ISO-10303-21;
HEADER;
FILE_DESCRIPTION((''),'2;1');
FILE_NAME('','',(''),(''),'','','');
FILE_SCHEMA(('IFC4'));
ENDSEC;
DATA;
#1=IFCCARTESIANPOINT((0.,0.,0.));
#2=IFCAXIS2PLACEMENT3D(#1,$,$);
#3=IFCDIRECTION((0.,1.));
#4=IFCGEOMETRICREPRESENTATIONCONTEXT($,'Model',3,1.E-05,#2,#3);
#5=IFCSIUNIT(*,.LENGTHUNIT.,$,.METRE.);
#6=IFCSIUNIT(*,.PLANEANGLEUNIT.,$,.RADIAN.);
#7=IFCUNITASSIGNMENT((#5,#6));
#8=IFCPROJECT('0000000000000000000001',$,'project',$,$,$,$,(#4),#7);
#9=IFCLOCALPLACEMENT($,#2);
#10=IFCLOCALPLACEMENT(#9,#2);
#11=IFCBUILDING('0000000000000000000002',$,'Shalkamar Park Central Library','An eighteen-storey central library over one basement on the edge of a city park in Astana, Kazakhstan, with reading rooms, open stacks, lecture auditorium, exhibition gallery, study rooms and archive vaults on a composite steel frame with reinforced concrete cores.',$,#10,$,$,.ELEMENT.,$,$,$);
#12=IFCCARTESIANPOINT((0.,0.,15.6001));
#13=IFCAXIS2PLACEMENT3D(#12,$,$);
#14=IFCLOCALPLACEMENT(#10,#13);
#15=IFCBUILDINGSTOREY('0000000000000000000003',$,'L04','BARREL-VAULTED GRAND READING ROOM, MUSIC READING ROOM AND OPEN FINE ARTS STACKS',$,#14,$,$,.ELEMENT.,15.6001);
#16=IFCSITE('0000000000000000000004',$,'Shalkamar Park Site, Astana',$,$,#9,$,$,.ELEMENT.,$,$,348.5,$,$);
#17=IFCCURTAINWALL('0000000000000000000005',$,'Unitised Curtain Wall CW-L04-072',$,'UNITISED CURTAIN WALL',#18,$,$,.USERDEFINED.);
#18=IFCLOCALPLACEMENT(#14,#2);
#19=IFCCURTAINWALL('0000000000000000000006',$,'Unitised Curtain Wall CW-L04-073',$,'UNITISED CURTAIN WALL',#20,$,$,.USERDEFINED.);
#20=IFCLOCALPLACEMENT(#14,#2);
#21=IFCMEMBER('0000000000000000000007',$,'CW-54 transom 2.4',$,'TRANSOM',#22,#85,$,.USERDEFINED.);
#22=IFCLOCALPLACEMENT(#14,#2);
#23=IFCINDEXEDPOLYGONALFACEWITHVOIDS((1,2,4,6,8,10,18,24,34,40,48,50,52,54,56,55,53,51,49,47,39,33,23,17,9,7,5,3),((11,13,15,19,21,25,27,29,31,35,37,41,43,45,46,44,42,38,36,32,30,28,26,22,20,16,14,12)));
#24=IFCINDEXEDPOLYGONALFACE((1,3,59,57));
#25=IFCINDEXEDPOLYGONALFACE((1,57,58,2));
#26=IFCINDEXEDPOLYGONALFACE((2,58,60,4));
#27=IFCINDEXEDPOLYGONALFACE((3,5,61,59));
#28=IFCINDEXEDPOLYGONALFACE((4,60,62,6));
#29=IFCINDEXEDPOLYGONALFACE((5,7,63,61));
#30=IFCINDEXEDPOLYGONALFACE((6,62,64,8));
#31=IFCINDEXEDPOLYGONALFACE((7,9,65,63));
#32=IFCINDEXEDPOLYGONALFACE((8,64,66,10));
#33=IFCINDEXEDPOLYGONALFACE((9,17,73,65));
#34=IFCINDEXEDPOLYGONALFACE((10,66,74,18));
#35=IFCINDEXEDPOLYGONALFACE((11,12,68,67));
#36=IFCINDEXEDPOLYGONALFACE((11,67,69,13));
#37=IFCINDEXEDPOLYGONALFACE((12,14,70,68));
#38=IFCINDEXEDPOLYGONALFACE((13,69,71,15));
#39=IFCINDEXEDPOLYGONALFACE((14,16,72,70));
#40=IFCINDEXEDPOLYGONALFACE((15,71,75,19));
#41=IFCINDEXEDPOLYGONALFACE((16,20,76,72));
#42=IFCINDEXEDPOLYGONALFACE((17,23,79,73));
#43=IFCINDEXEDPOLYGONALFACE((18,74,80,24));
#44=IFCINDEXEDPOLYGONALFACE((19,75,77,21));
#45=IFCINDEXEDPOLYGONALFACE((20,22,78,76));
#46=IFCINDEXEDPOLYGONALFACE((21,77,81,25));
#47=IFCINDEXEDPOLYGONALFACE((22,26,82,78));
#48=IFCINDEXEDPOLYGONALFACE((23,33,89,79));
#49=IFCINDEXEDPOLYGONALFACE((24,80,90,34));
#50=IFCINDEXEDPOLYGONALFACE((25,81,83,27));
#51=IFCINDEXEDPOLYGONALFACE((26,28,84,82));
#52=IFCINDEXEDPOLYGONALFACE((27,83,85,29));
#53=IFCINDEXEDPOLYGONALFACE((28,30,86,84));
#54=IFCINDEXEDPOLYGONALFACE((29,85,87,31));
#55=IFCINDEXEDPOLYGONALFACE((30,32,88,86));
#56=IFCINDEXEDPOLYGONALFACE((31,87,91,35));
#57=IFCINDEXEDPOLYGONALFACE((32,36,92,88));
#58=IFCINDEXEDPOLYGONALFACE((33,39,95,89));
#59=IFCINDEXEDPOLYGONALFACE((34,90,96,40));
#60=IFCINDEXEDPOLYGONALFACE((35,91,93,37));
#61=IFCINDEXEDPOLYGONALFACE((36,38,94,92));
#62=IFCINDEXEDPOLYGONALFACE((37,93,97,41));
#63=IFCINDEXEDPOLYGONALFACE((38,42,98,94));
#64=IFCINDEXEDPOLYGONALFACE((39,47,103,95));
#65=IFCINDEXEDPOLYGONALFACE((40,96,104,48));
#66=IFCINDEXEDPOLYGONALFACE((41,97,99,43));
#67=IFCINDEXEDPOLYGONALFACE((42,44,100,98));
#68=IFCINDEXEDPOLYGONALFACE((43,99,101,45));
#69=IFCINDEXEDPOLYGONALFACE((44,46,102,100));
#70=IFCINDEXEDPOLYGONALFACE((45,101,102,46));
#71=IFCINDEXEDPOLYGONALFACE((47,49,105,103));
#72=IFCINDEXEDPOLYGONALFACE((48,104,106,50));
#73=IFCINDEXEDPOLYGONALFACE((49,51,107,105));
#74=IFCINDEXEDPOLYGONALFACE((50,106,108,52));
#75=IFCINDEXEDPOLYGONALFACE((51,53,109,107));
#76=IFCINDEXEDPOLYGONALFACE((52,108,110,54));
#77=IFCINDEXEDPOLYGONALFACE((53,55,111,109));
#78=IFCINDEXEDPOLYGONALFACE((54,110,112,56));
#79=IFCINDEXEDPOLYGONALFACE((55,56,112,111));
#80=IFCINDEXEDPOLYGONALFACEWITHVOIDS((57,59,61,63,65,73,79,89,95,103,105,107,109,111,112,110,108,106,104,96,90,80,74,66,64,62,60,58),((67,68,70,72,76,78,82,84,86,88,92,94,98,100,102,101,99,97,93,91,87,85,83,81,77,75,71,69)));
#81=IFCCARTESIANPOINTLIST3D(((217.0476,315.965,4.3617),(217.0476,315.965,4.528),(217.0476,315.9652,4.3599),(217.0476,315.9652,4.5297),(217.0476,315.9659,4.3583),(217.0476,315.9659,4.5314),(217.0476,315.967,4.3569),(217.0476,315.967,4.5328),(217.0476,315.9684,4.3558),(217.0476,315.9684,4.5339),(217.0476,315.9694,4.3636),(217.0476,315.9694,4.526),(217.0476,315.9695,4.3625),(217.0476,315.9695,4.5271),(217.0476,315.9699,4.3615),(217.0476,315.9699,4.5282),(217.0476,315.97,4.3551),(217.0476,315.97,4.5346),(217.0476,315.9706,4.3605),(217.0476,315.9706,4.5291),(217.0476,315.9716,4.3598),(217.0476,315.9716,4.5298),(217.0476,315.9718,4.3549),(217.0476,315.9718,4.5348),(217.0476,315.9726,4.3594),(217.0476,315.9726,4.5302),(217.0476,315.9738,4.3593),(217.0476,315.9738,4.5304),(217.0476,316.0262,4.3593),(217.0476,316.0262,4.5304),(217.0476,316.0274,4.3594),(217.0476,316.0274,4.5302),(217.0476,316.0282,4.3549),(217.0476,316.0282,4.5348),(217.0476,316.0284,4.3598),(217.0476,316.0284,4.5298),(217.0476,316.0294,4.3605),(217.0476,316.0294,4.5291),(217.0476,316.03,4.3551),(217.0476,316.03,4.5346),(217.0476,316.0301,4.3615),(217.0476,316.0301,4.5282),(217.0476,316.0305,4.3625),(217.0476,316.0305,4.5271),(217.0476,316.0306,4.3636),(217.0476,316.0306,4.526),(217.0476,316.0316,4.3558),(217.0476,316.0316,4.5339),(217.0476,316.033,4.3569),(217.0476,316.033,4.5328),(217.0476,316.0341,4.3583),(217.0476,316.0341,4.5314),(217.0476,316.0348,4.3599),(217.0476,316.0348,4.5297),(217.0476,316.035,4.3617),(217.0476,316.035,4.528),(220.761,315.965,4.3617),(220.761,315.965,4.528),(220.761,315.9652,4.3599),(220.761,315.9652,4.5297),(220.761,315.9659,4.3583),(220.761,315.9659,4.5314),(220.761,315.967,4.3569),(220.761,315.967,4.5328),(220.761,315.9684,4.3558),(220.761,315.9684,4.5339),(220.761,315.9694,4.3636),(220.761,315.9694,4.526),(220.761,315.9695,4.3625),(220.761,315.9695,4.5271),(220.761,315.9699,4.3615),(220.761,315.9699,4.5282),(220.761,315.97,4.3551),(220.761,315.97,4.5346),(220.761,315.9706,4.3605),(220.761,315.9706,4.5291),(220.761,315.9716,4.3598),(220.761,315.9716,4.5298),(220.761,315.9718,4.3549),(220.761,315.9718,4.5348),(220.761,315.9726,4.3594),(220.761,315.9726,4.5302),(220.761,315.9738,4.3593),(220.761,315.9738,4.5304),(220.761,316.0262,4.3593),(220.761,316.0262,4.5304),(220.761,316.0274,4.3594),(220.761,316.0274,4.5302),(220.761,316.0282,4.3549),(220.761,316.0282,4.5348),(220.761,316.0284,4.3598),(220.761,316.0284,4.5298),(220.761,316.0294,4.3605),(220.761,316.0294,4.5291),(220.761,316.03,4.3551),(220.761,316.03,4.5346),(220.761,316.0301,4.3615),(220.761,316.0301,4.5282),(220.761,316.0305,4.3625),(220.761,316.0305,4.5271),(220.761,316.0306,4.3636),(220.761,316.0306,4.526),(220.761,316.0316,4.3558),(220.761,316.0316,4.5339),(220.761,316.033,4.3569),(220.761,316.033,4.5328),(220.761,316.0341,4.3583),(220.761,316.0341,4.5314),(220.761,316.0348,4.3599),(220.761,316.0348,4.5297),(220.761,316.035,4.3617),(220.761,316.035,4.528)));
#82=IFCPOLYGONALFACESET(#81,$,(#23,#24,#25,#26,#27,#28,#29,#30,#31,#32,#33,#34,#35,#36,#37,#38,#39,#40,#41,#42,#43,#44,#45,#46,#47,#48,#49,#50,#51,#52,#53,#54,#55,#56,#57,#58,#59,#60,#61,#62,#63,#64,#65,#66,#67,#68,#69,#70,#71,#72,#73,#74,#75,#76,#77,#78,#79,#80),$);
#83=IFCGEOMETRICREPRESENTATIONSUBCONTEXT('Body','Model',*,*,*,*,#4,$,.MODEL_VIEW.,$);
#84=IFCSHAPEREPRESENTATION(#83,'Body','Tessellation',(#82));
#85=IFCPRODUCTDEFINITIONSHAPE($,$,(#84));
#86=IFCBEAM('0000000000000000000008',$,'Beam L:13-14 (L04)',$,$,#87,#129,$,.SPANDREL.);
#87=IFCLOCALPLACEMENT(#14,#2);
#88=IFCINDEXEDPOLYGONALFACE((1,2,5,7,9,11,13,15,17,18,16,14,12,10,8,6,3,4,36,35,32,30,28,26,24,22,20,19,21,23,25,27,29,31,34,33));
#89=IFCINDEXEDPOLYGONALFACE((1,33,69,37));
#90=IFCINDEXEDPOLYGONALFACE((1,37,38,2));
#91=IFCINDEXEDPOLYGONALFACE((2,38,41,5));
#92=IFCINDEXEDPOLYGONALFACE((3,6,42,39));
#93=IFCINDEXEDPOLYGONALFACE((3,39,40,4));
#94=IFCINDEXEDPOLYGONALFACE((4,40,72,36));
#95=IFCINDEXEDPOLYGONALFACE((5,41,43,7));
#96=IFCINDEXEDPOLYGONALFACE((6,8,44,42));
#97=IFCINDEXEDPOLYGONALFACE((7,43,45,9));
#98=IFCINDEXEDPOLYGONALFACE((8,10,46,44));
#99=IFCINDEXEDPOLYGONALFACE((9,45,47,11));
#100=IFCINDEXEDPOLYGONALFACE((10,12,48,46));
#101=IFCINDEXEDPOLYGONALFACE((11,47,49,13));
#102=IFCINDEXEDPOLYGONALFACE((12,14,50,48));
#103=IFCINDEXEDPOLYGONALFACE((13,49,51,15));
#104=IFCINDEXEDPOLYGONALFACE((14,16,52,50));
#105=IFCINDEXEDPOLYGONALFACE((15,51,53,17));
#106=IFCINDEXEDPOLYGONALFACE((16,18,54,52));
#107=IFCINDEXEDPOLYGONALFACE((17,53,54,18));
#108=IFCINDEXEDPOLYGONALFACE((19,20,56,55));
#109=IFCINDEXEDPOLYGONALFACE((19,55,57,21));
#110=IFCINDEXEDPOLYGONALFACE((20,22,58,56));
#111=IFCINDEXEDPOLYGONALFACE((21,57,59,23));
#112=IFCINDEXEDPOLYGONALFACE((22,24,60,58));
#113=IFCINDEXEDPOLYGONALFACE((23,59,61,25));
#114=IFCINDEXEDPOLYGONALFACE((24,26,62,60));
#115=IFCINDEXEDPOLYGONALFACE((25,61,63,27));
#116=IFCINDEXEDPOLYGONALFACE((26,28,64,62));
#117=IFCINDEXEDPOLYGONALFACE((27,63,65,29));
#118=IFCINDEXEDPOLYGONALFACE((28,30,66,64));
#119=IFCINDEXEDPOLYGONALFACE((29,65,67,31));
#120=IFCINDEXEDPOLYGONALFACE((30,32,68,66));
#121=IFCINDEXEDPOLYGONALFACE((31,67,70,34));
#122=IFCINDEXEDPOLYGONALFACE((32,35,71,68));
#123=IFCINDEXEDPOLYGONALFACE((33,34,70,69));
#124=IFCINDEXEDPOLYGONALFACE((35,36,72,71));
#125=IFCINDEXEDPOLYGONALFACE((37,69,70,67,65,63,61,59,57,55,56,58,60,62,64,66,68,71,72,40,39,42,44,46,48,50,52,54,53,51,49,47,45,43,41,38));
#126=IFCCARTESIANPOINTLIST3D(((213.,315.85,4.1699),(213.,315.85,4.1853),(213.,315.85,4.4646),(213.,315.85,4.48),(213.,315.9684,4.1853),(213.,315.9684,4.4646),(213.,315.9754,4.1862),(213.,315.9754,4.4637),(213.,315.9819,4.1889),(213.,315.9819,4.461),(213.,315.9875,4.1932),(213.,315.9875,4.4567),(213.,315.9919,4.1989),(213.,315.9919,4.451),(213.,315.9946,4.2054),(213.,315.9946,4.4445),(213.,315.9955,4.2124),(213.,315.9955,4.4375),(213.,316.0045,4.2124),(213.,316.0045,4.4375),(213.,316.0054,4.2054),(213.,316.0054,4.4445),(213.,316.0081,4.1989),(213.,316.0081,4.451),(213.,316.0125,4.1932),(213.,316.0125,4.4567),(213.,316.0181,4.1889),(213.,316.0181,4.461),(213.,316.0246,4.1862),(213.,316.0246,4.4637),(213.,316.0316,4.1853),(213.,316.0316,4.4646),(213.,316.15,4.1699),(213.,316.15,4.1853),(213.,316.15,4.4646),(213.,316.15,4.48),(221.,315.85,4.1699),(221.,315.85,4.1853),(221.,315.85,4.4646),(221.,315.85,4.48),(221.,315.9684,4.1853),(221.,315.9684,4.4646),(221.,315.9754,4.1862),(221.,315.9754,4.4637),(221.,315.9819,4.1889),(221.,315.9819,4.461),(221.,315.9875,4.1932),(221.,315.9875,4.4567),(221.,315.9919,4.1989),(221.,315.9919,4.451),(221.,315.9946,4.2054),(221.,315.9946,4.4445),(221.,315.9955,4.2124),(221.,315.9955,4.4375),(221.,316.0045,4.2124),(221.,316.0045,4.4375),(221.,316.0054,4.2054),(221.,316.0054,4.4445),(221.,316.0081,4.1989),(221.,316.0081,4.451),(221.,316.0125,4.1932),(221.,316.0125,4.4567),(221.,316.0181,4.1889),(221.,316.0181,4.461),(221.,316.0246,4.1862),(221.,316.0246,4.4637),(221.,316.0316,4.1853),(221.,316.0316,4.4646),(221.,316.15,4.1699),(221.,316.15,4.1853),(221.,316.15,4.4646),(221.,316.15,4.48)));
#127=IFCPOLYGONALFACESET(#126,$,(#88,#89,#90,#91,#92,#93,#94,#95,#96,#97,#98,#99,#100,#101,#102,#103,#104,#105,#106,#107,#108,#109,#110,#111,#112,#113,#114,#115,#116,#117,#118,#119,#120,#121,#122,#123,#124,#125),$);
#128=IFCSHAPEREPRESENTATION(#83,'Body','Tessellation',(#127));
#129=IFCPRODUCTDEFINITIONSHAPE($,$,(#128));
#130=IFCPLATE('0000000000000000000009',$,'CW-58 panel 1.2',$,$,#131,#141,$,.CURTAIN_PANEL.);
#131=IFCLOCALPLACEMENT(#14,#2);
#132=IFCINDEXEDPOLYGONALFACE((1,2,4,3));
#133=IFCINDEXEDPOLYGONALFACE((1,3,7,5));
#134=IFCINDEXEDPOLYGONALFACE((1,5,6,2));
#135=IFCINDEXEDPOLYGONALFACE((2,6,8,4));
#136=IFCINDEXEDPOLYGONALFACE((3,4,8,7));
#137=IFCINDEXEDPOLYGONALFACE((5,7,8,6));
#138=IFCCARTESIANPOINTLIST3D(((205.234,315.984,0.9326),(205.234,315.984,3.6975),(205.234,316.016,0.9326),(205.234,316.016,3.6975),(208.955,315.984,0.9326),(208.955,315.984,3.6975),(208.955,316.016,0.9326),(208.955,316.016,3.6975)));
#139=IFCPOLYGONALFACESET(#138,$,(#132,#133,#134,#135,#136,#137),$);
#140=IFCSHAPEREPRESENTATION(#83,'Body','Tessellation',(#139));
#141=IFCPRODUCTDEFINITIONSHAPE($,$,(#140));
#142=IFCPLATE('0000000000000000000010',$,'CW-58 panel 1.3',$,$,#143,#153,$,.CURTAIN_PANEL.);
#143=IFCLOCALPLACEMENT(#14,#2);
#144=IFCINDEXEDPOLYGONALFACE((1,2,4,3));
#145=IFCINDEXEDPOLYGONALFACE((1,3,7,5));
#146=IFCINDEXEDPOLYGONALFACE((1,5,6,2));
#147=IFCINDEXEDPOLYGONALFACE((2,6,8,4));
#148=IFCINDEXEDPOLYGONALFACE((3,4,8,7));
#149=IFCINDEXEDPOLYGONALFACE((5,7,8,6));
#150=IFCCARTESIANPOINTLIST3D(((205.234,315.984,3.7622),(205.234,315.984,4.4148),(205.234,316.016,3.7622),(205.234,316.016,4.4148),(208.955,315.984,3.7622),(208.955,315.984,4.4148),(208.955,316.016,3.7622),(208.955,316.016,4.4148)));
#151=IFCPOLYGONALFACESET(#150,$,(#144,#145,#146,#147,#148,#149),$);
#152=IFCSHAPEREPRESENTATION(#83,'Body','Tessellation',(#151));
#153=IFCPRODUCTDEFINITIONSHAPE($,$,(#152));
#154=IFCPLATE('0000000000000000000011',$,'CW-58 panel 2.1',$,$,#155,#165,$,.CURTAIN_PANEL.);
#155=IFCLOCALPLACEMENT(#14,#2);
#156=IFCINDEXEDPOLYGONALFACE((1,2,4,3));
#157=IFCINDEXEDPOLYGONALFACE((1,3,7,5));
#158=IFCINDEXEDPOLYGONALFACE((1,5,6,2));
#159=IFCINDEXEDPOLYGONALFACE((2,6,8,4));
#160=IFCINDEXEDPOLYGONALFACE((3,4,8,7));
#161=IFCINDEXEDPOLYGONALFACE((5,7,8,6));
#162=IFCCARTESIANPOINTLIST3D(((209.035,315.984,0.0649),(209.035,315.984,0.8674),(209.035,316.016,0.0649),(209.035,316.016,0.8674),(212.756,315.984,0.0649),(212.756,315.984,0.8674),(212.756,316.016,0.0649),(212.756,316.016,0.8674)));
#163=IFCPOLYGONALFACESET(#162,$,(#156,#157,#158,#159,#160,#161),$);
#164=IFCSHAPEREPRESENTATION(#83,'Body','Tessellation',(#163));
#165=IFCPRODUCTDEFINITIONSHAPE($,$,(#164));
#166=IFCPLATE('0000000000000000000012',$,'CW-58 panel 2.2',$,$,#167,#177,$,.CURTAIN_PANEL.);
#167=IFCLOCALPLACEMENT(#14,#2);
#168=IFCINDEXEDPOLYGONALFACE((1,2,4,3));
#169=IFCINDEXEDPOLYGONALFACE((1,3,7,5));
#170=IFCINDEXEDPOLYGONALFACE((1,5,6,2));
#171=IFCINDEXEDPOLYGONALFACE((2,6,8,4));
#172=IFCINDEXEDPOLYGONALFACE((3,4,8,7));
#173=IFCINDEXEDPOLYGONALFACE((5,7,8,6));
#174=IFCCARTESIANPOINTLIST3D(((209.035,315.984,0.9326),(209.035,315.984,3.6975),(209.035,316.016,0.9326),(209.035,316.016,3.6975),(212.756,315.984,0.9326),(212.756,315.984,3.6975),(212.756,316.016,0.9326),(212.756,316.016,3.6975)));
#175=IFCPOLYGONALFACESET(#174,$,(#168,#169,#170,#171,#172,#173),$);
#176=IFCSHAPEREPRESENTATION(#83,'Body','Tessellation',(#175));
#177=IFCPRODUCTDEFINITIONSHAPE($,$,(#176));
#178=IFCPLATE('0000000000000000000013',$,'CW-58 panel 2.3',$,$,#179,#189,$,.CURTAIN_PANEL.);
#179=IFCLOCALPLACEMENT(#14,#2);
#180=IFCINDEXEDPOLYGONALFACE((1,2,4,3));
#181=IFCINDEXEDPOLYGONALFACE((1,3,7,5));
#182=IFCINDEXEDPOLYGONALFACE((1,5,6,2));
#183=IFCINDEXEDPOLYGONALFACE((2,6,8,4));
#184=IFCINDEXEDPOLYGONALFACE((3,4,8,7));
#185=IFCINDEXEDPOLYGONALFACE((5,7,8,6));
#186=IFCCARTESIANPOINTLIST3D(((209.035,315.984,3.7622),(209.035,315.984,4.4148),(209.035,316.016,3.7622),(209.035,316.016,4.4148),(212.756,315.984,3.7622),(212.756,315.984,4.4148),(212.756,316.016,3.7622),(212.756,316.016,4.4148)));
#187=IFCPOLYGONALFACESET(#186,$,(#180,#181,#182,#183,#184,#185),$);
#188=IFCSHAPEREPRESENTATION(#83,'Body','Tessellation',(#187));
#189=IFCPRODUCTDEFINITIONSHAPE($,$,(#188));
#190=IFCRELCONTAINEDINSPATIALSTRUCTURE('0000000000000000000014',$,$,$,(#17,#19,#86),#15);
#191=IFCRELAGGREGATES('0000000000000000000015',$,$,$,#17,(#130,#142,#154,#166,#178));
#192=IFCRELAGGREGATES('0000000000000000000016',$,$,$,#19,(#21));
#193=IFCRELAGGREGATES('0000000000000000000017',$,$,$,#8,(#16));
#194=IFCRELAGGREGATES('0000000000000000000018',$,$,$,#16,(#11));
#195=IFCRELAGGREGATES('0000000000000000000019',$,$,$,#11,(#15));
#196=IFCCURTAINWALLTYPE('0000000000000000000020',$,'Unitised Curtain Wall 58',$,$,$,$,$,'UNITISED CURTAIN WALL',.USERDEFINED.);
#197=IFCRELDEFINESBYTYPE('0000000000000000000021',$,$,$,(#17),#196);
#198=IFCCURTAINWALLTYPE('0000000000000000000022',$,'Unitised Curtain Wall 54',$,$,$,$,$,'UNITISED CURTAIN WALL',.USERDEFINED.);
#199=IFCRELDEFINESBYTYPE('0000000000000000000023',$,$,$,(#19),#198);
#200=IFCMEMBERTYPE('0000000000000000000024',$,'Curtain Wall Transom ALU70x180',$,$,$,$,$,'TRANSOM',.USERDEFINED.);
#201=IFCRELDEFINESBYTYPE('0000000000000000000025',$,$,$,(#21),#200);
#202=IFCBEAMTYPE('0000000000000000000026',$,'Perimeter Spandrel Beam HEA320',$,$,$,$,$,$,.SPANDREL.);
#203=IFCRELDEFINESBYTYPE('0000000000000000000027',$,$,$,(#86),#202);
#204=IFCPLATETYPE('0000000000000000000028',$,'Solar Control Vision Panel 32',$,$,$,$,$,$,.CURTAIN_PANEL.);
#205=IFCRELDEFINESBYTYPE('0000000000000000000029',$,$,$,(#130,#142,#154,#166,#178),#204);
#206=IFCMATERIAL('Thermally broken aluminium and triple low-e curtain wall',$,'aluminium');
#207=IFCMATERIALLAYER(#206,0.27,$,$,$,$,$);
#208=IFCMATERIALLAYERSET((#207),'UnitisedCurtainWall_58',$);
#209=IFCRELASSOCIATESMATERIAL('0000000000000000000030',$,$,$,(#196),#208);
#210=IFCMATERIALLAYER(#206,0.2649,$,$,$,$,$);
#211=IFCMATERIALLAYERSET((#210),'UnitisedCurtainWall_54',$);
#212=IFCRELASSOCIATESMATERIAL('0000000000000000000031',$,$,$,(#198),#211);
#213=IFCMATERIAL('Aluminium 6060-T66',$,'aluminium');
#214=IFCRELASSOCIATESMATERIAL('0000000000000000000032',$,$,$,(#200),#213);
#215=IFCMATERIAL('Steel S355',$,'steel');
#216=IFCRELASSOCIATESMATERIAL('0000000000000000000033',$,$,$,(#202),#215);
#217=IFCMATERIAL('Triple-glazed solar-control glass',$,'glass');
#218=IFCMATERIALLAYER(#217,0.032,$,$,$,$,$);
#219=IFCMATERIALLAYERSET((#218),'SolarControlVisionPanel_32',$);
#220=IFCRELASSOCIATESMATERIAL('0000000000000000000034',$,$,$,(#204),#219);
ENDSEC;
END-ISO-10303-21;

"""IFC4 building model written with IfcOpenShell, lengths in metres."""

from ifc_helpers import new_model, si_unit, direction, frame, origin, origin_2d, place, context, subcontext, project, spatial, rectangle, hollow_rectangle, i_section, extrude, material, layer, layer_set, material_profile, profile_set, type_object, element, aggregate, save


model = new_model("IFC4")

# Units and contexts
model_context = context("Model", 3, precision=1e-05, world=origin(), true_north=direction((0.0, 1.0)))
body_context = subcontext(model_context, "Body", "Model", "MODEL_VIEW")
ifc_project = project(units=[si_unit("LENGTHUNIT", "METRE"), si_unit("PLANEANGLEUNIT", "RADIAN")], contexts=[model_context])

# Site, building, storey
site_placement = place(None, origin())
site = spatial("IfcSite", under=ifc_project, at=site_placement, Name="Shalkamar Park Site, Astana", CompositionType="ELEMENT", RefElevation=348.5)
building_placement = place(site_placement, origin())
building = spatial("IfcBuilding", under=site, at=building_placement, Name="Shalkamar Park Central Library", Description="An eighteen-storey central library over one basement on the edge of a city park in Astana, Kazakhstan, with reading rooms, open stacks, lecture auditorium, exhibition gallery, study rooms and archive vaults on a composite steel frame with reinforced concrete cores.", CompositionType="ELEMENT")
storey_placement = place(building_placement, frame((0.0, 0.0, 15.6001)))
storey = spatial("IfcBuildingStorey", under=building, at=storey_placement, Name="L04", Description="BARREL-VAULTED GRAND READING ROOM, MUSIC READING ROOM AND OPEN FINE ARTS STACKS", CompositionType="ELEMENT", Elevation=15.6001)

# Shared definitions
ifc_material_1 = material(Name="Steel S355", Category="steel")

# Curtain walls
ifc_material_2 = material(Name="Thermally broken aluminium and triple low-e curtain wall", Category="aluminium")
ifc_layer_1 = layer(ifc_material_2, 0.27)
ifc_layer_set_1 = layer_set([ifc_layer_1], Name="UnitisedCurtainWall_58")
curtain_wall_type_1 = type_object("IfcCurtainWallType", Name="Unitised Curtain Wall 58", ElementType="UNITISED CURTAIN WALL", PredefinedType="USERDEFINED", material=ifc_layer_set_1)
curtain_wall_1_placement = place(storey_placement, origin())
curtain_wall_1 = element("IfcCurtainWall", 1, at=curtain_wall_1_placement, inside=storey, type_object=curtain_wall_type_1, Name="Unitised Curtain Wall CW-L04-072", ObjectType="UNITISED CURTAIN WALL", PredefinedType="USERDEFINED")
ifc_material_3 = material(Name="Aluminium 6060-T66", Category="aluminium")
ifc_layer_2 = layer(ifc_material_2, 0.2649)
ifc_layer_set_2 = layer_set([ifc_layer_2], Name="UnitisedCurtainWall_54")
curtain_wall_type_2 = type_object("IfcCurtainWallType", Name="Unitised Curtain Wall 54", ElementType="UNITISED CURTAIN WALL", PredefinedType="USERDEFINED", material=ifc_layer_set_2)
curtain_wall_2_placement = place(storey_placement, origin())
curtain_wall_2 = element("IfcCurtainWall", 2, at=curtain_wall_2_placement, inside=storey, type_object=curtain_wall_type_2, Name="Unitised Curtain Wall CW-L04-073", ObjectType="UNITISED CURTAIN WALL", PredefinedType="USERDEFINED")

# Member
ifc_material_profile_1 = material_profile(ifc_material_3, hollow_rectangle(XDim=0.0701, YDim=0.1799, WallThickness=0.0044, InnerFilletRadius=0.0044, OuterFilletRadius=0.0068, at=origin_2d()), Name="ALU 70x180x4.5")
ifc_profile_set_1 = profile_set([ifc_material_profile_1], Name="Aluminium 6060-T66")
member_type_1 = type_object("IfcMemberType", Name="Curtain Wall Transom ALU70x180", ElementType="TRANSOM", PredefinedType="USERDEFINED", material=ifc_profile_set_1)
member_1_placement = place(storey_placement, frame((217.0476, 316.0, 4.4448), z_axis=(1.0, 0.0, 0.0), x_axis=(0.0, 1.0, 0.0)))
member_1 = element("IfcMember", 3, at=member_1_placement, type_object=member_type_1, Name="CW-54 transom 2.4", ObjectType="TRANSOM", PredefinedType="USERDEFINED", context=body_context, shape_type="SweptSolid", body=[
    extrude(hollow_rectangle(XDim=0.0701, YDim=0.1799, WallThickness=0.0044, InnerFilletRadius=0.0044, OuterFilletRadius=0.0068, at=origin_2d()), origin(), (0.0, 0.0, 1.0), 3.7134),
])

# Beam
ifc_material_profile_2 = material_profile(ifc_material_1, i_section(OverallWidth=0.3, OverallDepth=0.3101, WebThickness=0.009, FlangeThickness=0.0154, FilletRadius=0.0271, at=origin_2d()), Name="HEA 320")
ifc_profile_set_2 = profile_set([ifc_material_profile_2], Name="Steel S355")
beam_type = type_object("IfcBeamType", Name="Perimeter Spandrel Beam HEA320", PredefinedType="SPANDREL", material=ifc_profile_set_2)
beam_placement = place(storey_placement, frame((213.0, 316.0, 4.325), z_axis=(1.0, 0.0, 0.0), x_axis=(0.0, 1.0, 0.0)))
element("IfcBeam", 4, at=beam_placement, inside=storey, type_object=beam_type, Name="Beam L:13-14 (L04)", PredefinedType="SPANDREL", context=body_context, shape_type="SweptSolid", body=[
    extrude(i_section(OverallWidth=0.3, OverallDepth=0.3101, WebThickness=0.009, FlangeThickness=0.0154, FilletRadius=0.0271, at=origin_2d()), origin(), (0.0, 0.0, 1.0), 8.0),
])

# Plates
ifc_material_4 = material(Name="Triple-glazed solar-control glass", Category="glass")
ifc_layer_3 = layer(ifc_material_4, 0.032)
ifc_layer_set_3 = layer_set([ifc_layer_3], Name="SolarControlVisionPanel_32")
plate_type_1 = type_object("IfcPlateType", Name="Solar Control Vision Panel 32", PredefinedType="CURTAIN_PANEL", material=ifc_layer_set_3)
plate_1_placement = place(storey_placement, frame((207.0945, 316.0, 0.9326), z_axis=(0.0, 0.0, 1.0), x_axis=(1.0, 0.0, 0.0)))
plate_1 = element("IfcPlate", 5, at=plate_1_placement, type_object=plate_type_1, Name="CW-58 panel 1.2", PredefinedType="CURTAIN_PANEL", context=body_context, shape_type="SweptSolid", body=[
    extrude(rectangle(XDim=3.7209, YDim=0.032, at=origin_2d()), origin(), (0.0, 0.0, 1.0), 2.7649),
])
plate_2_placement = place(storey_placement, frame((207.0945, 316.0, 3.7622), z_axis=(0.0, 0.0, 1.0), x_axis=(1.0, 0.0, 0.0)))
plate_2 = element("IfcPlate", 6, at=plate_2_placement, type_object=plate_type_1, Name="CW-58 panel 1.3", PredefinedType="CURTAIN_PANEL", context=body_context, shape_type="SweptSolid", body=[
    extrude(rectangle(XDim=3.7209, YDim=0.032, at=origin_2d()), origin(), (0.0, 0.0, 1.0), 0.6526),
])
plate_3_placement = place(storey_placement, frame((210.8955, 316.0, 0.0649), z_axis=(0.0, 0.0, 1.0), x_axis=(1.0, 0.0, 0.0)))
plate_3 = element("IfcPlate", 7, at=plate_3_placement, type_object=plate_type_1, Name="CW-58 panel 2.1", PredefinedType="CURTAIN_PANEL", context=body_context, shape_type="SweptSolid", body=[
    extrude(rectangle(XDim=3.7209, YDim=0.032, at=origin_2d()), origin(), (0.0, 0.0, 1.0), 0.8025),
])
plate_4_placement = place(storey_placement, frame((210.8955, 316.0, 0.9326), z_axis=(0.0, 0.0, 1.0), x_axis=(1.0, 0.0, 0.0)))
plate_4 = element("IfcPlate", 8, at=plate_4_placement, type_object=plate_type_1, Name="CW-58 panel 2.2", PredefinedType="CURTAIN_PANEL", context=body_context, shape_type="SweptSolid", body=[
    extrude(rectangle(XDim=3.7209, YDim=0.032, at=origin_2d()), origin(), (0.0, 0.0, 1.0), 2.7649),
])
plate_5_placement = place(storey_placement, frame((210.8955, 316.0, 3.7622), z_axis=(0.0, 0.0, 1.0), x_axis=(1.0, 0.0, 0.0)))
plate_5 = element("IfcPlate", 9, at=plate_5_placement, type_object=plate_type_1, Name="CW-58 panel 2.3", PredefinedType="CURTAIN_PANEL", context=body_context, shape_type="SweptSolid", body=[
    extrude(rectangle(XDim=3.7209, YDim=0.032, at=origin_2d()), origin(), (0.0, 0.0, 1.0), 0.6526),
])
aggregate(curtain_wall_1, [plate_1, plate_2, plate_3, plate_4, plate_5])
aggregate(curtain_wall_2, [member_1])

save(model, "model.ifc")
